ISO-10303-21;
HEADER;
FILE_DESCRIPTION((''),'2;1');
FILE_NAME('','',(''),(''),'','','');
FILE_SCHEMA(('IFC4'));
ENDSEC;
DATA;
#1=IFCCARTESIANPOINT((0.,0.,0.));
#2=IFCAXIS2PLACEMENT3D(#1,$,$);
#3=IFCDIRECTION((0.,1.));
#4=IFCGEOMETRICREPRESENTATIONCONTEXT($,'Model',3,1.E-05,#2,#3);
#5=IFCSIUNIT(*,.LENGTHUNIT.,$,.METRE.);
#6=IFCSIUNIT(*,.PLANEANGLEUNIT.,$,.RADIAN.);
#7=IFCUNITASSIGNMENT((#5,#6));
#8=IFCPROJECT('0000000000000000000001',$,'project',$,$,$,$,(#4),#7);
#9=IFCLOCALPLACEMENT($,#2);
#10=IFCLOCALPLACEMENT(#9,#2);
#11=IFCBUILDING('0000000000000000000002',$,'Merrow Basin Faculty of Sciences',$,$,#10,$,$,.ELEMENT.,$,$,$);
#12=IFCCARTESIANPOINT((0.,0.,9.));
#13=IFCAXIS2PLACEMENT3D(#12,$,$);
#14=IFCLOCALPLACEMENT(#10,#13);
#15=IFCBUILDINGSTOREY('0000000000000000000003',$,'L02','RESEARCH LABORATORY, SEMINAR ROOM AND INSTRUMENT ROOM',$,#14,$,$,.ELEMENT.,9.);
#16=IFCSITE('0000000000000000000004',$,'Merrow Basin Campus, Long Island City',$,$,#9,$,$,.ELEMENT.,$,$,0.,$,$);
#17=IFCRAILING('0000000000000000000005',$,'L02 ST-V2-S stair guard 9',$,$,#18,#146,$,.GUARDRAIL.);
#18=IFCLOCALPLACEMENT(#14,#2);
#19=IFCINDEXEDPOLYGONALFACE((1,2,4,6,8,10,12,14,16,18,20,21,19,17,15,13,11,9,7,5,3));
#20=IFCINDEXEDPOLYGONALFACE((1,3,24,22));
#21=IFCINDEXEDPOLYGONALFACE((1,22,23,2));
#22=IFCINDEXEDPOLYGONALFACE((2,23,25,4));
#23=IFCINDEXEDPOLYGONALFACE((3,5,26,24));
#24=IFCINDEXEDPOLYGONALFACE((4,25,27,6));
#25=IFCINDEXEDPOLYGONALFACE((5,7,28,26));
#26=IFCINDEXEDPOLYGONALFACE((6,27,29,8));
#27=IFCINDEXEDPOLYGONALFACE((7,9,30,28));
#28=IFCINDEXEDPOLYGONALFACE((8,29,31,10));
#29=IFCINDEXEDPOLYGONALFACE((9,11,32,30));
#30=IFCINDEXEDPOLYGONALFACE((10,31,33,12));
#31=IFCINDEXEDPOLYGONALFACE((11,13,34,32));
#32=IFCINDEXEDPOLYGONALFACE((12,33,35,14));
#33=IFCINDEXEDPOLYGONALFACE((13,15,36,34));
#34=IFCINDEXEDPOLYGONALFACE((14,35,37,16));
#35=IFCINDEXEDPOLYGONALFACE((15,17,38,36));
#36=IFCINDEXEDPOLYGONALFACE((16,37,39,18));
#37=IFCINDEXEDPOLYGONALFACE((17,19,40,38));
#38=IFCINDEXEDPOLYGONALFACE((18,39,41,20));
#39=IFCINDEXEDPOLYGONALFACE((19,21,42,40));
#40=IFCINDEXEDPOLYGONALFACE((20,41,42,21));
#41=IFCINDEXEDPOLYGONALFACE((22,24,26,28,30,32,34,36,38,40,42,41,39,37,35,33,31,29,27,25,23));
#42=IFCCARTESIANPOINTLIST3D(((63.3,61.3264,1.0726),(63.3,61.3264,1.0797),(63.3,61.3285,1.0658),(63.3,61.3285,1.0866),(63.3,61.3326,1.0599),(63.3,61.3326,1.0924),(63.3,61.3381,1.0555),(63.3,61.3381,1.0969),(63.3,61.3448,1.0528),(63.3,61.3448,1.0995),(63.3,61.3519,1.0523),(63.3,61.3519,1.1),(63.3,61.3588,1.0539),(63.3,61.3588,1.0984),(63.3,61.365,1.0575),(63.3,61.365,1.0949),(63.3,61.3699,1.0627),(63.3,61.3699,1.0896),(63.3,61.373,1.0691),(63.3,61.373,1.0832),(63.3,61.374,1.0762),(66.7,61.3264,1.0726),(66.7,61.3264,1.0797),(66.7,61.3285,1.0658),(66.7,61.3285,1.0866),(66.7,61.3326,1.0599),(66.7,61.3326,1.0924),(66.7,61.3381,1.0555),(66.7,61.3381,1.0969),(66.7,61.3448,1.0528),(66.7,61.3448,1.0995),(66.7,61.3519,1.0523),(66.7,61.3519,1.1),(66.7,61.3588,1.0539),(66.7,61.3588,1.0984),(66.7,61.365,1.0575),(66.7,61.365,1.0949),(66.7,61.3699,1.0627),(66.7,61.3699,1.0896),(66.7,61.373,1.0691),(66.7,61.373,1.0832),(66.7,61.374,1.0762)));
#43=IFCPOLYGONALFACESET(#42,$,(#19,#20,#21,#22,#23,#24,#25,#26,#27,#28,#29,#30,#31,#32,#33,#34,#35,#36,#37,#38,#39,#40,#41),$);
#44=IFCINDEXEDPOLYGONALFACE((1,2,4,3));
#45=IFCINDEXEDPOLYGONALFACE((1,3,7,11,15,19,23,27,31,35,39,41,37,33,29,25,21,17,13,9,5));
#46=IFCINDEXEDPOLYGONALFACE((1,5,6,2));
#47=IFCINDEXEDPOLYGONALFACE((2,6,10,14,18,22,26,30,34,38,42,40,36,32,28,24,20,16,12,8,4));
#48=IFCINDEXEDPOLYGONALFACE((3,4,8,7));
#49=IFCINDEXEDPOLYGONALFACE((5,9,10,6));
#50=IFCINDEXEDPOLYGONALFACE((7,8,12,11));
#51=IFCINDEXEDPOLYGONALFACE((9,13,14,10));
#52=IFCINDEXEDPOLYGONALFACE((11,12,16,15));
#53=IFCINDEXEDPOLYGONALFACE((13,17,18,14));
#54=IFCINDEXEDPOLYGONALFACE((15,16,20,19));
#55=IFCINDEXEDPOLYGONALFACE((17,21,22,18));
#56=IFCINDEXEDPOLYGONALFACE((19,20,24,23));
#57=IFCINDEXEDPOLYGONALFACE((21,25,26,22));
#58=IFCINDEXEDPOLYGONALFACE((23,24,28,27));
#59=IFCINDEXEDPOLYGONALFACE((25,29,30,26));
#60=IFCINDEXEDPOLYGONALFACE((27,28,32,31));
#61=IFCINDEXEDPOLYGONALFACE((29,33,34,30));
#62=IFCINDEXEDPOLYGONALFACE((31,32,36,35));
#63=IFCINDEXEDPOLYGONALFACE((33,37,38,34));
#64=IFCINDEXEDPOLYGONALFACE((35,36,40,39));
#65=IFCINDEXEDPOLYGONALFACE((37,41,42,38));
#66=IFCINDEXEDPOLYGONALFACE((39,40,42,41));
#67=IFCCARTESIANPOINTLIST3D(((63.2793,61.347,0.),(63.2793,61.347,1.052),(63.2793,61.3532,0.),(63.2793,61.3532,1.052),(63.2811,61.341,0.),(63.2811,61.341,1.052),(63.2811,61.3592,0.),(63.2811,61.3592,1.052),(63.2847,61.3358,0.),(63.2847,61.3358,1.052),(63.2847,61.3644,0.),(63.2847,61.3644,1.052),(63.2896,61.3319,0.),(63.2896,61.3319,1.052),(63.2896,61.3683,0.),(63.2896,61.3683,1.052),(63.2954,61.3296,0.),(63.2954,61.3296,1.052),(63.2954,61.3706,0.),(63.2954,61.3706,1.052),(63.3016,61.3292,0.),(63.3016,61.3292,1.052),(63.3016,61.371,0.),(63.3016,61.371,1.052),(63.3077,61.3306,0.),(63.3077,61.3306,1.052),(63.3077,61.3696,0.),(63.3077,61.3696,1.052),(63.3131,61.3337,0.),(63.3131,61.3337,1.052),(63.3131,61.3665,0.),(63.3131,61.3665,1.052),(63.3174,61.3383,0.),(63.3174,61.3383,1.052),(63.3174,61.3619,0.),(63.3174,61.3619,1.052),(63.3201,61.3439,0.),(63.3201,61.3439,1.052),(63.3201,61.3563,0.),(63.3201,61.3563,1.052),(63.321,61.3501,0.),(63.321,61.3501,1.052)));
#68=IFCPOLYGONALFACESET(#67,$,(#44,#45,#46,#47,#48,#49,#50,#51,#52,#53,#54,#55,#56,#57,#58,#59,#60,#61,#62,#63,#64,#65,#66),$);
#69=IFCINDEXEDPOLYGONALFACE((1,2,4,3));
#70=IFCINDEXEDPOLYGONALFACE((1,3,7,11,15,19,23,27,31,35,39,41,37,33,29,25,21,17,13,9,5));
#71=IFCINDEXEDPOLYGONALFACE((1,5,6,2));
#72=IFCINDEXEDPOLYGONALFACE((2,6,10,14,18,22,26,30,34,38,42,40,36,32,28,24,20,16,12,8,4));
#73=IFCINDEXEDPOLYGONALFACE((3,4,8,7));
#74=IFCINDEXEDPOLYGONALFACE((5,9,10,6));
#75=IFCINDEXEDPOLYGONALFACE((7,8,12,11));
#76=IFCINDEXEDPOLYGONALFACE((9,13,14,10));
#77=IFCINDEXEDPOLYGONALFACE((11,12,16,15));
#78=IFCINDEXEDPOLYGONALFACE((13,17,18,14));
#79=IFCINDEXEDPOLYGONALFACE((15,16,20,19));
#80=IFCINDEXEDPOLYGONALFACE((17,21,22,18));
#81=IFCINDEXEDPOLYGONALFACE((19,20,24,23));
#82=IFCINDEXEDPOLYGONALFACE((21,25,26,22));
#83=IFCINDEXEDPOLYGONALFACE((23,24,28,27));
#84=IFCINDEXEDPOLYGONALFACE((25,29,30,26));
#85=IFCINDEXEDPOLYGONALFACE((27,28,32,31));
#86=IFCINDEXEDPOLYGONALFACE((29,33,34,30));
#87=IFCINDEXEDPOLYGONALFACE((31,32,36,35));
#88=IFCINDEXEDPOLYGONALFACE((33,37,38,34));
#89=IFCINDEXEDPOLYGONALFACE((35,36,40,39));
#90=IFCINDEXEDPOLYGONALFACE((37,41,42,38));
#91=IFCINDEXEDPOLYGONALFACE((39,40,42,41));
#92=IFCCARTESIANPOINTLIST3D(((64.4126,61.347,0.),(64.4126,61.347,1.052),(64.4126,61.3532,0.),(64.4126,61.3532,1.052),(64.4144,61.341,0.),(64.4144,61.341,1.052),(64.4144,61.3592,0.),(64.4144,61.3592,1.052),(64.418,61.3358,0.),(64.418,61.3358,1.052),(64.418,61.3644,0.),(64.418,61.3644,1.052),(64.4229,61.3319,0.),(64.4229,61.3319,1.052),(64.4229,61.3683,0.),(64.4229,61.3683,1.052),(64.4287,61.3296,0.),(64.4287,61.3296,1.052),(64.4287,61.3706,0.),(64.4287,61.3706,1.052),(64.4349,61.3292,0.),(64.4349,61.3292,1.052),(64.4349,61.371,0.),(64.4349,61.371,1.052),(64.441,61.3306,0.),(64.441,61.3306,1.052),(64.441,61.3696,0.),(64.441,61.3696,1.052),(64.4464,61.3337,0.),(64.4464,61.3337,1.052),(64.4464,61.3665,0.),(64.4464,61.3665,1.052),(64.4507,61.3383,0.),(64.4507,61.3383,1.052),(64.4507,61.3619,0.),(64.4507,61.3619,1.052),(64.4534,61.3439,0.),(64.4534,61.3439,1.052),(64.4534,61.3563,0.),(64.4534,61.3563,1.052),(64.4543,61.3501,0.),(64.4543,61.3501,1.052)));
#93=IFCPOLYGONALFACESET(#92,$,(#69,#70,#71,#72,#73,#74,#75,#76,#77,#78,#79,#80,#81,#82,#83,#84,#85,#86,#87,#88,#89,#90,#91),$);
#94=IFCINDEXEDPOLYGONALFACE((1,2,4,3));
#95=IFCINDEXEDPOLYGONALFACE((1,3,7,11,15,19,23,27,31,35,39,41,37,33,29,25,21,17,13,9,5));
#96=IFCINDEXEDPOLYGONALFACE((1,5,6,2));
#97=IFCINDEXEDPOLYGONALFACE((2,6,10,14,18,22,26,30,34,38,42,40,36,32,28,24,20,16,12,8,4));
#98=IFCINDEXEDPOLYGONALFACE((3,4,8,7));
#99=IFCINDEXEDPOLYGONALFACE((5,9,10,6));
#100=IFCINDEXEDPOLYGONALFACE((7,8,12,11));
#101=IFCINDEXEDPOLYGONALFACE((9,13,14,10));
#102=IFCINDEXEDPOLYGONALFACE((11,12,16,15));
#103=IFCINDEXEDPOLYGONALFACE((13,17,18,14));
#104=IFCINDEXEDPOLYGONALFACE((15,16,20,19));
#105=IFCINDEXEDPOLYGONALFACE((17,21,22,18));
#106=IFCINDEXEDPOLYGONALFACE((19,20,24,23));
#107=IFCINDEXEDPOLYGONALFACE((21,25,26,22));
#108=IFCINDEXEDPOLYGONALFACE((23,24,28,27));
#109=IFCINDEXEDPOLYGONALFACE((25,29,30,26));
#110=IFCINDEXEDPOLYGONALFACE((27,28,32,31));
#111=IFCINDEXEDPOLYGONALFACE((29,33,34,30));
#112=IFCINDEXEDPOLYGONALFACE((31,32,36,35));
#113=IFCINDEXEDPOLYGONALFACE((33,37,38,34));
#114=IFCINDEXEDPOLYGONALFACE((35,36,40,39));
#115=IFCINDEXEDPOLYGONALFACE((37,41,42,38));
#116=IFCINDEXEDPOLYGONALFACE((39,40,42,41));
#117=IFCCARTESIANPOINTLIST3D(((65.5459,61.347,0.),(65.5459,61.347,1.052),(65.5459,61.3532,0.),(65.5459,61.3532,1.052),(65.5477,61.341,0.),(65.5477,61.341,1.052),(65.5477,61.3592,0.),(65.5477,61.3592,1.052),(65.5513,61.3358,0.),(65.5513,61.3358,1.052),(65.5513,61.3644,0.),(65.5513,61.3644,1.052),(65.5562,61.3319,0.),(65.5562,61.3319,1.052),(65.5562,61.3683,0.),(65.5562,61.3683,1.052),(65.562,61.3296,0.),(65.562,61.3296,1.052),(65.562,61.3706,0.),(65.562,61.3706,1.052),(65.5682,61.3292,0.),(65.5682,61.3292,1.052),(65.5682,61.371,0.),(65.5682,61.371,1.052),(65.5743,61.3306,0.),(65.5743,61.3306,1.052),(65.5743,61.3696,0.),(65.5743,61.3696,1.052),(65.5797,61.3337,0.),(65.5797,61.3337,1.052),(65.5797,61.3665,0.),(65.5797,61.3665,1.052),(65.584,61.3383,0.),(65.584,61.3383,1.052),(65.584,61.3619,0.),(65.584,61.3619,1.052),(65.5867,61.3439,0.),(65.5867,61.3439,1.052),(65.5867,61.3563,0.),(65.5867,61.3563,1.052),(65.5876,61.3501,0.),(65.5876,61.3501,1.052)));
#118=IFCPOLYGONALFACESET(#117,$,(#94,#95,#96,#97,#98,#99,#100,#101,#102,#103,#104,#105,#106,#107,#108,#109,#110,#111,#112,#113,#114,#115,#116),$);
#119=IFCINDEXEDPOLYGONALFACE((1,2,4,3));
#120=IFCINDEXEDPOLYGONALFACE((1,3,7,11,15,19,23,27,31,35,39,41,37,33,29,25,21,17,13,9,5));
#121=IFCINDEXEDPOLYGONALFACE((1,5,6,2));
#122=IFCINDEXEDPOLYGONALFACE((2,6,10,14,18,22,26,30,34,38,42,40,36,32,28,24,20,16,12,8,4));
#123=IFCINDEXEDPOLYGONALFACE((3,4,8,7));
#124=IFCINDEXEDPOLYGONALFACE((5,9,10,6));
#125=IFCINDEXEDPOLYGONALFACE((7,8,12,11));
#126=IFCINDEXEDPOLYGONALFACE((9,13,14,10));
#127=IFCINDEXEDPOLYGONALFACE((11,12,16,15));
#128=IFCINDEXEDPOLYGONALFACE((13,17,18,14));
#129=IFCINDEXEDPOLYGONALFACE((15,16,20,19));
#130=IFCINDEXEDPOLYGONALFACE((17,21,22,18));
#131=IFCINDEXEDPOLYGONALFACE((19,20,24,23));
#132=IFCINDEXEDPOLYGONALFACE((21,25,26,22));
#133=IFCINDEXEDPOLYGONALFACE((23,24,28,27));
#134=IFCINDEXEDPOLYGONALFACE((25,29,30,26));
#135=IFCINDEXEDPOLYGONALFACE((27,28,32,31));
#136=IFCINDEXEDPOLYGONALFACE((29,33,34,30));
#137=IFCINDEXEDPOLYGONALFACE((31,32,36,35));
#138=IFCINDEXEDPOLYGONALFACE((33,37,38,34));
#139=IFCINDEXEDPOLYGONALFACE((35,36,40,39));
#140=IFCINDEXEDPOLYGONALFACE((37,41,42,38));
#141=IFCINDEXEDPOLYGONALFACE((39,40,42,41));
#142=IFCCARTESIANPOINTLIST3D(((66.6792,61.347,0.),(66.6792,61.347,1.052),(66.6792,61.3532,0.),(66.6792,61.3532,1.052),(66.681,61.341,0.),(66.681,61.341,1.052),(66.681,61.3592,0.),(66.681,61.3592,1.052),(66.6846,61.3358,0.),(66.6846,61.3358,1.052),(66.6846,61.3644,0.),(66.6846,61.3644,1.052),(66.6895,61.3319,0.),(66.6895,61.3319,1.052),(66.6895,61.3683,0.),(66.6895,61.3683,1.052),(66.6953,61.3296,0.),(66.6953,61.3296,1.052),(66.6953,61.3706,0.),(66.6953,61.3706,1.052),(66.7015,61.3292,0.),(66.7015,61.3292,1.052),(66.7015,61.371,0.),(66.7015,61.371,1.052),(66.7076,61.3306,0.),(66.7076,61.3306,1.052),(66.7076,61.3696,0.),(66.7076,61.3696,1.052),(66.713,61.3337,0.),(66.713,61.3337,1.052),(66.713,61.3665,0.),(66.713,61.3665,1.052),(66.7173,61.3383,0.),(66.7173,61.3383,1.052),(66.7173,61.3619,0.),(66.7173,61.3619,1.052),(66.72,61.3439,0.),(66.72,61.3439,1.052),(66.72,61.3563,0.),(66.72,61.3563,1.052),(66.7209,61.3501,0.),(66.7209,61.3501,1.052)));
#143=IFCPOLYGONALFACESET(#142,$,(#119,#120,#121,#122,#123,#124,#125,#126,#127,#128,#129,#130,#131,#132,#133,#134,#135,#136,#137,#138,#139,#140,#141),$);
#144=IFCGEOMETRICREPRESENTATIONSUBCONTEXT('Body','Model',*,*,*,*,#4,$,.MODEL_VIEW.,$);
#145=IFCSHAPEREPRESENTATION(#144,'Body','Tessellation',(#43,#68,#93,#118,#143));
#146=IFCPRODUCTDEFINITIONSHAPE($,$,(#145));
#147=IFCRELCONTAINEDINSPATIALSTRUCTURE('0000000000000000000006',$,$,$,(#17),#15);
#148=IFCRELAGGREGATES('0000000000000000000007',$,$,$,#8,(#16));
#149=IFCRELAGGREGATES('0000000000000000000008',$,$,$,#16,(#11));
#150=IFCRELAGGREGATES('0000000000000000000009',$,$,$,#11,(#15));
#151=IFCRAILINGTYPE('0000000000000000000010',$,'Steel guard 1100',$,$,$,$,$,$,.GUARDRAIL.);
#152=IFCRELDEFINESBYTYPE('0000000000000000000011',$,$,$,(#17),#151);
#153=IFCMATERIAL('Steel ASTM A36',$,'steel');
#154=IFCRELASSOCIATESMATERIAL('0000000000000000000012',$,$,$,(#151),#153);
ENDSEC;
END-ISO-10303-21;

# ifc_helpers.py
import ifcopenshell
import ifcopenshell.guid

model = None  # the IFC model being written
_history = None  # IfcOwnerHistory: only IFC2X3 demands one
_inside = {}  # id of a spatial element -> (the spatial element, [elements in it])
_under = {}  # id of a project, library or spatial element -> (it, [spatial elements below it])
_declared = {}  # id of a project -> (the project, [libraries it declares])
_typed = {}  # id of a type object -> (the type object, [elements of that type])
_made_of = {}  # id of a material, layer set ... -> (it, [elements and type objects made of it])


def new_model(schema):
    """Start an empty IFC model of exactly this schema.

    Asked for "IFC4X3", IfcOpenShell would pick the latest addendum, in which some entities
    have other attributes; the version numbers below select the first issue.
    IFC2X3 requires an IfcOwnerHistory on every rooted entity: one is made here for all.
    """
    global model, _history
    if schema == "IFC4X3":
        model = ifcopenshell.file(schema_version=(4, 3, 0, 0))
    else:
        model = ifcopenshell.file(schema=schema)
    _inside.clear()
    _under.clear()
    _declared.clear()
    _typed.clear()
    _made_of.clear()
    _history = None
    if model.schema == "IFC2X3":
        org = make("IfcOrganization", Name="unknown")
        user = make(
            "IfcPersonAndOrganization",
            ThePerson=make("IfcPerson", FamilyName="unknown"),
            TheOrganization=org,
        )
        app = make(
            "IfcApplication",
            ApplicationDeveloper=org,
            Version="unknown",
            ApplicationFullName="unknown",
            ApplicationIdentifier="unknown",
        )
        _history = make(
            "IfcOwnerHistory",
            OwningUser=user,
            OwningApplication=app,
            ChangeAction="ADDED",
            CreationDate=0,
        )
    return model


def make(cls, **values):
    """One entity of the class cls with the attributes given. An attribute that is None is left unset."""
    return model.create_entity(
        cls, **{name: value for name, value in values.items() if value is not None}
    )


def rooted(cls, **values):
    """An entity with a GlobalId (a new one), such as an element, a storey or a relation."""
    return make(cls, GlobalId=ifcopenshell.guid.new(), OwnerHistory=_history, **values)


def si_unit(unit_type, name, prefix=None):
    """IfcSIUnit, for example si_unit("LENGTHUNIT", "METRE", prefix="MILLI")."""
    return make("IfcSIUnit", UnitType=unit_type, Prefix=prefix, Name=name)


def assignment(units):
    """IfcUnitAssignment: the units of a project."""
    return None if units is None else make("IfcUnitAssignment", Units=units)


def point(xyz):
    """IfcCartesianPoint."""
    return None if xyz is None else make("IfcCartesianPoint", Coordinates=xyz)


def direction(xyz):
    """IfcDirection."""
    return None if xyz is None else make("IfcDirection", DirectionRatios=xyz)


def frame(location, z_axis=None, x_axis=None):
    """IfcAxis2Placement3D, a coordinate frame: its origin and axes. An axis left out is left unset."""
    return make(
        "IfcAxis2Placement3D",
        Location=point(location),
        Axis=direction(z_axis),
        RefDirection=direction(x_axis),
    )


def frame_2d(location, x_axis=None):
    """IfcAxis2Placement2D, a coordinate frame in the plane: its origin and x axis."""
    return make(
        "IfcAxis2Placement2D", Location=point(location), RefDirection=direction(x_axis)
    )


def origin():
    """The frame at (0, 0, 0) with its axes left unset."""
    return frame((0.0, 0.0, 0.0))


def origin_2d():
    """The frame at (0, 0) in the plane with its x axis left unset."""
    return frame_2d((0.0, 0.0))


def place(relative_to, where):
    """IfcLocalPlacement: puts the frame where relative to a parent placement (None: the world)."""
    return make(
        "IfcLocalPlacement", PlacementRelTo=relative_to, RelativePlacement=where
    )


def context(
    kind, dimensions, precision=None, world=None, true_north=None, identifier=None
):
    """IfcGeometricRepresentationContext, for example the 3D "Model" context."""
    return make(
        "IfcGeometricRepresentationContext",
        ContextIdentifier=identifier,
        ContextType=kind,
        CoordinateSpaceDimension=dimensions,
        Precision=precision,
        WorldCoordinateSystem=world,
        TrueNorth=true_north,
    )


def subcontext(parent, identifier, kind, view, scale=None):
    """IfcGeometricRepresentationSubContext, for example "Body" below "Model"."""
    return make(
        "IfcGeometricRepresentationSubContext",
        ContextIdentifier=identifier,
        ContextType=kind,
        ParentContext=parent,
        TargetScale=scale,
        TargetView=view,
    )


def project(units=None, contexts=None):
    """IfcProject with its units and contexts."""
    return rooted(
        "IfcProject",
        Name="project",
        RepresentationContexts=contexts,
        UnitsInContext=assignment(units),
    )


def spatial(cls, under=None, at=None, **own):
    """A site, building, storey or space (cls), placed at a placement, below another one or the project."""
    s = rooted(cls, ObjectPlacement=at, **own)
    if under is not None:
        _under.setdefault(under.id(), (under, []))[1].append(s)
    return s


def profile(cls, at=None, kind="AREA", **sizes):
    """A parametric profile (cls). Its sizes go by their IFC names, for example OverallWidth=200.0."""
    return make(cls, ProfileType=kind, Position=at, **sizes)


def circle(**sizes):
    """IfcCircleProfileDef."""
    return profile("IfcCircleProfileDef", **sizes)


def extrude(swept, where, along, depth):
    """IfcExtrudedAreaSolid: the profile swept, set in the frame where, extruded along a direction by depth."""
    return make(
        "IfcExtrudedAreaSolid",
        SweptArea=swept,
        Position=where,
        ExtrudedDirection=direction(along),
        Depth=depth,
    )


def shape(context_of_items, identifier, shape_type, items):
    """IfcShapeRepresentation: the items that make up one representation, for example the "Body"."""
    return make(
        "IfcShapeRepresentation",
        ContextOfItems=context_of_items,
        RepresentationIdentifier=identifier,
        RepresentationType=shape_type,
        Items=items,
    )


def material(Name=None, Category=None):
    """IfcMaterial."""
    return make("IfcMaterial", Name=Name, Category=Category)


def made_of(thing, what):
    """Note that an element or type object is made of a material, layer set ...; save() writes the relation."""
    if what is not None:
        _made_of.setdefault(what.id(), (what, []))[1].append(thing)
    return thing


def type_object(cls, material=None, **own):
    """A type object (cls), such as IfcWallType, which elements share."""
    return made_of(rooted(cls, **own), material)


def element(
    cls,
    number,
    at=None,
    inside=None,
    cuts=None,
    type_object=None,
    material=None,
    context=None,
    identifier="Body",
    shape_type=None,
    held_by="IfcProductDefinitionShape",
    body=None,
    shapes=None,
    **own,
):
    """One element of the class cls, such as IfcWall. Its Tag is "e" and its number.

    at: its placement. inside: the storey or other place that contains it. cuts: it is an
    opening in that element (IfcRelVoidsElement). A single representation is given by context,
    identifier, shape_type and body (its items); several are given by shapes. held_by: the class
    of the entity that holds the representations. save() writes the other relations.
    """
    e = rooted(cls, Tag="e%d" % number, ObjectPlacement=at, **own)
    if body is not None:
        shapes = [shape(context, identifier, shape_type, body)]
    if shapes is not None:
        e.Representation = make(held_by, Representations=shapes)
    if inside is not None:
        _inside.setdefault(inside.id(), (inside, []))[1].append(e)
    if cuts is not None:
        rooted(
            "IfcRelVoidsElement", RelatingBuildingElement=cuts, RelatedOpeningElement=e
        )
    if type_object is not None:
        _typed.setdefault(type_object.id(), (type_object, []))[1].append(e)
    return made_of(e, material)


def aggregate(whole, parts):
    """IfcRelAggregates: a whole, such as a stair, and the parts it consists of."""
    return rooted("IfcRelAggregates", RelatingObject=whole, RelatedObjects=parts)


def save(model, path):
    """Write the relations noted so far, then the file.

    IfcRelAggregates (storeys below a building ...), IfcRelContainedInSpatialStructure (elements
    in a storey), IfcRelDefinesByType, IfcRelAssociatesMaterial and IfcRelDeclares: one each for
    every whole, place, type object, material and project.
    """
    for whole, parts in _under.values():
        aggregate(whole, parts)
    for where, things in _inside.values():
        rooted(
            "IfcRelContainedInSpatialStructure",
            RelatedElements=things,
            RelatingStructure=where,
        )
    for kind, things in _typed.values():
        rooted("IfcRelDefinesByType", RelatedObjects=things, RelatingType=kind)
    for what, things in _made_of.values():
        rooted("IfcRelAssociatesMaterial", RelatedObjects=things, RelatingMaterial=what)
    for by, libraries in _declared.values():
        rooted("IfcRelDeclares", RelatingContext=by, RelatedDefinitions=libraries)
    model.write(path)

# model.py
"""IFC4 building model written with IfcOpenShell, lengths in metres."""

from ifc_helpers import new_model, si_unit, direction, frame, origin, origin_2d, place, context, subcontext, project, spatial, circle, extrude, material, type_object, element, save


model = new_model("IFC4")

# Units and contexts
model_context = context("Model", 3, precision=1e-05, world=origin(), true_north=direction((0.0, 1.0)))
body_context = subcontext(model_context, "Body", "Model", "MODEL_VIEW")
ifc_project = project(units=[si_unit("LENGTHUNIT", "METRE"), si_unit("PLANEANGLEUNIT", "RADIAN")], contexts=[model_context])

# Site, building, storey
site_placement = place(None, origin())
site = spatial("IfcSite", under=ifc_project, at=site_placement, Name="Merrow Basin Campus, Long Island City", CompositionType="ELEMENT", RefElevation=0.0)
building_placement = place(site_placement, origin())
building = spatial("IfcBuilding", under=site, at=building_placement, Name="Merrow Basin Faculty of Sciences", CompositionType="ELEMENT")
storey_placement = place(building_placement, frame((0.0, 0.0, 9.0)))
storey = spatial("IfcBuildingStorey", under=building, at=storey_placement, Name="L02", Description="RESEARCH LABORATORY, SEMINAR ROOM AND INSTRUMENT ROOM", CompositionType="ELEMENT", Elevation=9.0)

# Railing
ifc_material_1 = material(Name="Steel ASTM A36", Category="steel")
railing_type_1 = type_object("IfcRailingType", Name="Steel guard 1100", PredefinedType="GUARDRAIL", material=ifc_material_1)
railing_1_placement = place(storey_placement, frame((63.3, 61.3501, 0.0)))
element("IfcRailing", 1, at=railing_1_placement, inside=storey, type_object=railing_type_1, Name="L02 ST-V2-S stair guard 9", PredefinedType="GUARDRAIL", context=body_context, shape_type="SweptSolid", body=[
    extrude(circle(Radius=0.0239, at=origin_2d()), frame((0.0, 0.0, 1.0762), z_axis=(1.0, 0.0, 0.0), x_axis=(0.0, 1.0, 0.0)), (0.0, 0.0, 1.0), 3.3999),
    extrude(circle(Radius=0.021, at=origin_2d()), origin(), (0.0, 0.0, 1.0), 1.052),
    extrude(circle(Radius=0.021, at=origin_2d()), frame((1.1333, 0.0, 0.0)), (0.0, 0.0, 1.0), 1.052),
    extrude(circle(Radius=0.021, at=origin_2d()), frame((2.2666, 0.0, 0.0)), (0.0, 0.0, 1.0), 1.052),
    extrude(circle(Radius=0.021, at=origin_2d()), frame((3.3999, 0.0, 0.0)), (0.0, 0.0, 1.0), 1.052),
])

save(model, "model.ifc")
